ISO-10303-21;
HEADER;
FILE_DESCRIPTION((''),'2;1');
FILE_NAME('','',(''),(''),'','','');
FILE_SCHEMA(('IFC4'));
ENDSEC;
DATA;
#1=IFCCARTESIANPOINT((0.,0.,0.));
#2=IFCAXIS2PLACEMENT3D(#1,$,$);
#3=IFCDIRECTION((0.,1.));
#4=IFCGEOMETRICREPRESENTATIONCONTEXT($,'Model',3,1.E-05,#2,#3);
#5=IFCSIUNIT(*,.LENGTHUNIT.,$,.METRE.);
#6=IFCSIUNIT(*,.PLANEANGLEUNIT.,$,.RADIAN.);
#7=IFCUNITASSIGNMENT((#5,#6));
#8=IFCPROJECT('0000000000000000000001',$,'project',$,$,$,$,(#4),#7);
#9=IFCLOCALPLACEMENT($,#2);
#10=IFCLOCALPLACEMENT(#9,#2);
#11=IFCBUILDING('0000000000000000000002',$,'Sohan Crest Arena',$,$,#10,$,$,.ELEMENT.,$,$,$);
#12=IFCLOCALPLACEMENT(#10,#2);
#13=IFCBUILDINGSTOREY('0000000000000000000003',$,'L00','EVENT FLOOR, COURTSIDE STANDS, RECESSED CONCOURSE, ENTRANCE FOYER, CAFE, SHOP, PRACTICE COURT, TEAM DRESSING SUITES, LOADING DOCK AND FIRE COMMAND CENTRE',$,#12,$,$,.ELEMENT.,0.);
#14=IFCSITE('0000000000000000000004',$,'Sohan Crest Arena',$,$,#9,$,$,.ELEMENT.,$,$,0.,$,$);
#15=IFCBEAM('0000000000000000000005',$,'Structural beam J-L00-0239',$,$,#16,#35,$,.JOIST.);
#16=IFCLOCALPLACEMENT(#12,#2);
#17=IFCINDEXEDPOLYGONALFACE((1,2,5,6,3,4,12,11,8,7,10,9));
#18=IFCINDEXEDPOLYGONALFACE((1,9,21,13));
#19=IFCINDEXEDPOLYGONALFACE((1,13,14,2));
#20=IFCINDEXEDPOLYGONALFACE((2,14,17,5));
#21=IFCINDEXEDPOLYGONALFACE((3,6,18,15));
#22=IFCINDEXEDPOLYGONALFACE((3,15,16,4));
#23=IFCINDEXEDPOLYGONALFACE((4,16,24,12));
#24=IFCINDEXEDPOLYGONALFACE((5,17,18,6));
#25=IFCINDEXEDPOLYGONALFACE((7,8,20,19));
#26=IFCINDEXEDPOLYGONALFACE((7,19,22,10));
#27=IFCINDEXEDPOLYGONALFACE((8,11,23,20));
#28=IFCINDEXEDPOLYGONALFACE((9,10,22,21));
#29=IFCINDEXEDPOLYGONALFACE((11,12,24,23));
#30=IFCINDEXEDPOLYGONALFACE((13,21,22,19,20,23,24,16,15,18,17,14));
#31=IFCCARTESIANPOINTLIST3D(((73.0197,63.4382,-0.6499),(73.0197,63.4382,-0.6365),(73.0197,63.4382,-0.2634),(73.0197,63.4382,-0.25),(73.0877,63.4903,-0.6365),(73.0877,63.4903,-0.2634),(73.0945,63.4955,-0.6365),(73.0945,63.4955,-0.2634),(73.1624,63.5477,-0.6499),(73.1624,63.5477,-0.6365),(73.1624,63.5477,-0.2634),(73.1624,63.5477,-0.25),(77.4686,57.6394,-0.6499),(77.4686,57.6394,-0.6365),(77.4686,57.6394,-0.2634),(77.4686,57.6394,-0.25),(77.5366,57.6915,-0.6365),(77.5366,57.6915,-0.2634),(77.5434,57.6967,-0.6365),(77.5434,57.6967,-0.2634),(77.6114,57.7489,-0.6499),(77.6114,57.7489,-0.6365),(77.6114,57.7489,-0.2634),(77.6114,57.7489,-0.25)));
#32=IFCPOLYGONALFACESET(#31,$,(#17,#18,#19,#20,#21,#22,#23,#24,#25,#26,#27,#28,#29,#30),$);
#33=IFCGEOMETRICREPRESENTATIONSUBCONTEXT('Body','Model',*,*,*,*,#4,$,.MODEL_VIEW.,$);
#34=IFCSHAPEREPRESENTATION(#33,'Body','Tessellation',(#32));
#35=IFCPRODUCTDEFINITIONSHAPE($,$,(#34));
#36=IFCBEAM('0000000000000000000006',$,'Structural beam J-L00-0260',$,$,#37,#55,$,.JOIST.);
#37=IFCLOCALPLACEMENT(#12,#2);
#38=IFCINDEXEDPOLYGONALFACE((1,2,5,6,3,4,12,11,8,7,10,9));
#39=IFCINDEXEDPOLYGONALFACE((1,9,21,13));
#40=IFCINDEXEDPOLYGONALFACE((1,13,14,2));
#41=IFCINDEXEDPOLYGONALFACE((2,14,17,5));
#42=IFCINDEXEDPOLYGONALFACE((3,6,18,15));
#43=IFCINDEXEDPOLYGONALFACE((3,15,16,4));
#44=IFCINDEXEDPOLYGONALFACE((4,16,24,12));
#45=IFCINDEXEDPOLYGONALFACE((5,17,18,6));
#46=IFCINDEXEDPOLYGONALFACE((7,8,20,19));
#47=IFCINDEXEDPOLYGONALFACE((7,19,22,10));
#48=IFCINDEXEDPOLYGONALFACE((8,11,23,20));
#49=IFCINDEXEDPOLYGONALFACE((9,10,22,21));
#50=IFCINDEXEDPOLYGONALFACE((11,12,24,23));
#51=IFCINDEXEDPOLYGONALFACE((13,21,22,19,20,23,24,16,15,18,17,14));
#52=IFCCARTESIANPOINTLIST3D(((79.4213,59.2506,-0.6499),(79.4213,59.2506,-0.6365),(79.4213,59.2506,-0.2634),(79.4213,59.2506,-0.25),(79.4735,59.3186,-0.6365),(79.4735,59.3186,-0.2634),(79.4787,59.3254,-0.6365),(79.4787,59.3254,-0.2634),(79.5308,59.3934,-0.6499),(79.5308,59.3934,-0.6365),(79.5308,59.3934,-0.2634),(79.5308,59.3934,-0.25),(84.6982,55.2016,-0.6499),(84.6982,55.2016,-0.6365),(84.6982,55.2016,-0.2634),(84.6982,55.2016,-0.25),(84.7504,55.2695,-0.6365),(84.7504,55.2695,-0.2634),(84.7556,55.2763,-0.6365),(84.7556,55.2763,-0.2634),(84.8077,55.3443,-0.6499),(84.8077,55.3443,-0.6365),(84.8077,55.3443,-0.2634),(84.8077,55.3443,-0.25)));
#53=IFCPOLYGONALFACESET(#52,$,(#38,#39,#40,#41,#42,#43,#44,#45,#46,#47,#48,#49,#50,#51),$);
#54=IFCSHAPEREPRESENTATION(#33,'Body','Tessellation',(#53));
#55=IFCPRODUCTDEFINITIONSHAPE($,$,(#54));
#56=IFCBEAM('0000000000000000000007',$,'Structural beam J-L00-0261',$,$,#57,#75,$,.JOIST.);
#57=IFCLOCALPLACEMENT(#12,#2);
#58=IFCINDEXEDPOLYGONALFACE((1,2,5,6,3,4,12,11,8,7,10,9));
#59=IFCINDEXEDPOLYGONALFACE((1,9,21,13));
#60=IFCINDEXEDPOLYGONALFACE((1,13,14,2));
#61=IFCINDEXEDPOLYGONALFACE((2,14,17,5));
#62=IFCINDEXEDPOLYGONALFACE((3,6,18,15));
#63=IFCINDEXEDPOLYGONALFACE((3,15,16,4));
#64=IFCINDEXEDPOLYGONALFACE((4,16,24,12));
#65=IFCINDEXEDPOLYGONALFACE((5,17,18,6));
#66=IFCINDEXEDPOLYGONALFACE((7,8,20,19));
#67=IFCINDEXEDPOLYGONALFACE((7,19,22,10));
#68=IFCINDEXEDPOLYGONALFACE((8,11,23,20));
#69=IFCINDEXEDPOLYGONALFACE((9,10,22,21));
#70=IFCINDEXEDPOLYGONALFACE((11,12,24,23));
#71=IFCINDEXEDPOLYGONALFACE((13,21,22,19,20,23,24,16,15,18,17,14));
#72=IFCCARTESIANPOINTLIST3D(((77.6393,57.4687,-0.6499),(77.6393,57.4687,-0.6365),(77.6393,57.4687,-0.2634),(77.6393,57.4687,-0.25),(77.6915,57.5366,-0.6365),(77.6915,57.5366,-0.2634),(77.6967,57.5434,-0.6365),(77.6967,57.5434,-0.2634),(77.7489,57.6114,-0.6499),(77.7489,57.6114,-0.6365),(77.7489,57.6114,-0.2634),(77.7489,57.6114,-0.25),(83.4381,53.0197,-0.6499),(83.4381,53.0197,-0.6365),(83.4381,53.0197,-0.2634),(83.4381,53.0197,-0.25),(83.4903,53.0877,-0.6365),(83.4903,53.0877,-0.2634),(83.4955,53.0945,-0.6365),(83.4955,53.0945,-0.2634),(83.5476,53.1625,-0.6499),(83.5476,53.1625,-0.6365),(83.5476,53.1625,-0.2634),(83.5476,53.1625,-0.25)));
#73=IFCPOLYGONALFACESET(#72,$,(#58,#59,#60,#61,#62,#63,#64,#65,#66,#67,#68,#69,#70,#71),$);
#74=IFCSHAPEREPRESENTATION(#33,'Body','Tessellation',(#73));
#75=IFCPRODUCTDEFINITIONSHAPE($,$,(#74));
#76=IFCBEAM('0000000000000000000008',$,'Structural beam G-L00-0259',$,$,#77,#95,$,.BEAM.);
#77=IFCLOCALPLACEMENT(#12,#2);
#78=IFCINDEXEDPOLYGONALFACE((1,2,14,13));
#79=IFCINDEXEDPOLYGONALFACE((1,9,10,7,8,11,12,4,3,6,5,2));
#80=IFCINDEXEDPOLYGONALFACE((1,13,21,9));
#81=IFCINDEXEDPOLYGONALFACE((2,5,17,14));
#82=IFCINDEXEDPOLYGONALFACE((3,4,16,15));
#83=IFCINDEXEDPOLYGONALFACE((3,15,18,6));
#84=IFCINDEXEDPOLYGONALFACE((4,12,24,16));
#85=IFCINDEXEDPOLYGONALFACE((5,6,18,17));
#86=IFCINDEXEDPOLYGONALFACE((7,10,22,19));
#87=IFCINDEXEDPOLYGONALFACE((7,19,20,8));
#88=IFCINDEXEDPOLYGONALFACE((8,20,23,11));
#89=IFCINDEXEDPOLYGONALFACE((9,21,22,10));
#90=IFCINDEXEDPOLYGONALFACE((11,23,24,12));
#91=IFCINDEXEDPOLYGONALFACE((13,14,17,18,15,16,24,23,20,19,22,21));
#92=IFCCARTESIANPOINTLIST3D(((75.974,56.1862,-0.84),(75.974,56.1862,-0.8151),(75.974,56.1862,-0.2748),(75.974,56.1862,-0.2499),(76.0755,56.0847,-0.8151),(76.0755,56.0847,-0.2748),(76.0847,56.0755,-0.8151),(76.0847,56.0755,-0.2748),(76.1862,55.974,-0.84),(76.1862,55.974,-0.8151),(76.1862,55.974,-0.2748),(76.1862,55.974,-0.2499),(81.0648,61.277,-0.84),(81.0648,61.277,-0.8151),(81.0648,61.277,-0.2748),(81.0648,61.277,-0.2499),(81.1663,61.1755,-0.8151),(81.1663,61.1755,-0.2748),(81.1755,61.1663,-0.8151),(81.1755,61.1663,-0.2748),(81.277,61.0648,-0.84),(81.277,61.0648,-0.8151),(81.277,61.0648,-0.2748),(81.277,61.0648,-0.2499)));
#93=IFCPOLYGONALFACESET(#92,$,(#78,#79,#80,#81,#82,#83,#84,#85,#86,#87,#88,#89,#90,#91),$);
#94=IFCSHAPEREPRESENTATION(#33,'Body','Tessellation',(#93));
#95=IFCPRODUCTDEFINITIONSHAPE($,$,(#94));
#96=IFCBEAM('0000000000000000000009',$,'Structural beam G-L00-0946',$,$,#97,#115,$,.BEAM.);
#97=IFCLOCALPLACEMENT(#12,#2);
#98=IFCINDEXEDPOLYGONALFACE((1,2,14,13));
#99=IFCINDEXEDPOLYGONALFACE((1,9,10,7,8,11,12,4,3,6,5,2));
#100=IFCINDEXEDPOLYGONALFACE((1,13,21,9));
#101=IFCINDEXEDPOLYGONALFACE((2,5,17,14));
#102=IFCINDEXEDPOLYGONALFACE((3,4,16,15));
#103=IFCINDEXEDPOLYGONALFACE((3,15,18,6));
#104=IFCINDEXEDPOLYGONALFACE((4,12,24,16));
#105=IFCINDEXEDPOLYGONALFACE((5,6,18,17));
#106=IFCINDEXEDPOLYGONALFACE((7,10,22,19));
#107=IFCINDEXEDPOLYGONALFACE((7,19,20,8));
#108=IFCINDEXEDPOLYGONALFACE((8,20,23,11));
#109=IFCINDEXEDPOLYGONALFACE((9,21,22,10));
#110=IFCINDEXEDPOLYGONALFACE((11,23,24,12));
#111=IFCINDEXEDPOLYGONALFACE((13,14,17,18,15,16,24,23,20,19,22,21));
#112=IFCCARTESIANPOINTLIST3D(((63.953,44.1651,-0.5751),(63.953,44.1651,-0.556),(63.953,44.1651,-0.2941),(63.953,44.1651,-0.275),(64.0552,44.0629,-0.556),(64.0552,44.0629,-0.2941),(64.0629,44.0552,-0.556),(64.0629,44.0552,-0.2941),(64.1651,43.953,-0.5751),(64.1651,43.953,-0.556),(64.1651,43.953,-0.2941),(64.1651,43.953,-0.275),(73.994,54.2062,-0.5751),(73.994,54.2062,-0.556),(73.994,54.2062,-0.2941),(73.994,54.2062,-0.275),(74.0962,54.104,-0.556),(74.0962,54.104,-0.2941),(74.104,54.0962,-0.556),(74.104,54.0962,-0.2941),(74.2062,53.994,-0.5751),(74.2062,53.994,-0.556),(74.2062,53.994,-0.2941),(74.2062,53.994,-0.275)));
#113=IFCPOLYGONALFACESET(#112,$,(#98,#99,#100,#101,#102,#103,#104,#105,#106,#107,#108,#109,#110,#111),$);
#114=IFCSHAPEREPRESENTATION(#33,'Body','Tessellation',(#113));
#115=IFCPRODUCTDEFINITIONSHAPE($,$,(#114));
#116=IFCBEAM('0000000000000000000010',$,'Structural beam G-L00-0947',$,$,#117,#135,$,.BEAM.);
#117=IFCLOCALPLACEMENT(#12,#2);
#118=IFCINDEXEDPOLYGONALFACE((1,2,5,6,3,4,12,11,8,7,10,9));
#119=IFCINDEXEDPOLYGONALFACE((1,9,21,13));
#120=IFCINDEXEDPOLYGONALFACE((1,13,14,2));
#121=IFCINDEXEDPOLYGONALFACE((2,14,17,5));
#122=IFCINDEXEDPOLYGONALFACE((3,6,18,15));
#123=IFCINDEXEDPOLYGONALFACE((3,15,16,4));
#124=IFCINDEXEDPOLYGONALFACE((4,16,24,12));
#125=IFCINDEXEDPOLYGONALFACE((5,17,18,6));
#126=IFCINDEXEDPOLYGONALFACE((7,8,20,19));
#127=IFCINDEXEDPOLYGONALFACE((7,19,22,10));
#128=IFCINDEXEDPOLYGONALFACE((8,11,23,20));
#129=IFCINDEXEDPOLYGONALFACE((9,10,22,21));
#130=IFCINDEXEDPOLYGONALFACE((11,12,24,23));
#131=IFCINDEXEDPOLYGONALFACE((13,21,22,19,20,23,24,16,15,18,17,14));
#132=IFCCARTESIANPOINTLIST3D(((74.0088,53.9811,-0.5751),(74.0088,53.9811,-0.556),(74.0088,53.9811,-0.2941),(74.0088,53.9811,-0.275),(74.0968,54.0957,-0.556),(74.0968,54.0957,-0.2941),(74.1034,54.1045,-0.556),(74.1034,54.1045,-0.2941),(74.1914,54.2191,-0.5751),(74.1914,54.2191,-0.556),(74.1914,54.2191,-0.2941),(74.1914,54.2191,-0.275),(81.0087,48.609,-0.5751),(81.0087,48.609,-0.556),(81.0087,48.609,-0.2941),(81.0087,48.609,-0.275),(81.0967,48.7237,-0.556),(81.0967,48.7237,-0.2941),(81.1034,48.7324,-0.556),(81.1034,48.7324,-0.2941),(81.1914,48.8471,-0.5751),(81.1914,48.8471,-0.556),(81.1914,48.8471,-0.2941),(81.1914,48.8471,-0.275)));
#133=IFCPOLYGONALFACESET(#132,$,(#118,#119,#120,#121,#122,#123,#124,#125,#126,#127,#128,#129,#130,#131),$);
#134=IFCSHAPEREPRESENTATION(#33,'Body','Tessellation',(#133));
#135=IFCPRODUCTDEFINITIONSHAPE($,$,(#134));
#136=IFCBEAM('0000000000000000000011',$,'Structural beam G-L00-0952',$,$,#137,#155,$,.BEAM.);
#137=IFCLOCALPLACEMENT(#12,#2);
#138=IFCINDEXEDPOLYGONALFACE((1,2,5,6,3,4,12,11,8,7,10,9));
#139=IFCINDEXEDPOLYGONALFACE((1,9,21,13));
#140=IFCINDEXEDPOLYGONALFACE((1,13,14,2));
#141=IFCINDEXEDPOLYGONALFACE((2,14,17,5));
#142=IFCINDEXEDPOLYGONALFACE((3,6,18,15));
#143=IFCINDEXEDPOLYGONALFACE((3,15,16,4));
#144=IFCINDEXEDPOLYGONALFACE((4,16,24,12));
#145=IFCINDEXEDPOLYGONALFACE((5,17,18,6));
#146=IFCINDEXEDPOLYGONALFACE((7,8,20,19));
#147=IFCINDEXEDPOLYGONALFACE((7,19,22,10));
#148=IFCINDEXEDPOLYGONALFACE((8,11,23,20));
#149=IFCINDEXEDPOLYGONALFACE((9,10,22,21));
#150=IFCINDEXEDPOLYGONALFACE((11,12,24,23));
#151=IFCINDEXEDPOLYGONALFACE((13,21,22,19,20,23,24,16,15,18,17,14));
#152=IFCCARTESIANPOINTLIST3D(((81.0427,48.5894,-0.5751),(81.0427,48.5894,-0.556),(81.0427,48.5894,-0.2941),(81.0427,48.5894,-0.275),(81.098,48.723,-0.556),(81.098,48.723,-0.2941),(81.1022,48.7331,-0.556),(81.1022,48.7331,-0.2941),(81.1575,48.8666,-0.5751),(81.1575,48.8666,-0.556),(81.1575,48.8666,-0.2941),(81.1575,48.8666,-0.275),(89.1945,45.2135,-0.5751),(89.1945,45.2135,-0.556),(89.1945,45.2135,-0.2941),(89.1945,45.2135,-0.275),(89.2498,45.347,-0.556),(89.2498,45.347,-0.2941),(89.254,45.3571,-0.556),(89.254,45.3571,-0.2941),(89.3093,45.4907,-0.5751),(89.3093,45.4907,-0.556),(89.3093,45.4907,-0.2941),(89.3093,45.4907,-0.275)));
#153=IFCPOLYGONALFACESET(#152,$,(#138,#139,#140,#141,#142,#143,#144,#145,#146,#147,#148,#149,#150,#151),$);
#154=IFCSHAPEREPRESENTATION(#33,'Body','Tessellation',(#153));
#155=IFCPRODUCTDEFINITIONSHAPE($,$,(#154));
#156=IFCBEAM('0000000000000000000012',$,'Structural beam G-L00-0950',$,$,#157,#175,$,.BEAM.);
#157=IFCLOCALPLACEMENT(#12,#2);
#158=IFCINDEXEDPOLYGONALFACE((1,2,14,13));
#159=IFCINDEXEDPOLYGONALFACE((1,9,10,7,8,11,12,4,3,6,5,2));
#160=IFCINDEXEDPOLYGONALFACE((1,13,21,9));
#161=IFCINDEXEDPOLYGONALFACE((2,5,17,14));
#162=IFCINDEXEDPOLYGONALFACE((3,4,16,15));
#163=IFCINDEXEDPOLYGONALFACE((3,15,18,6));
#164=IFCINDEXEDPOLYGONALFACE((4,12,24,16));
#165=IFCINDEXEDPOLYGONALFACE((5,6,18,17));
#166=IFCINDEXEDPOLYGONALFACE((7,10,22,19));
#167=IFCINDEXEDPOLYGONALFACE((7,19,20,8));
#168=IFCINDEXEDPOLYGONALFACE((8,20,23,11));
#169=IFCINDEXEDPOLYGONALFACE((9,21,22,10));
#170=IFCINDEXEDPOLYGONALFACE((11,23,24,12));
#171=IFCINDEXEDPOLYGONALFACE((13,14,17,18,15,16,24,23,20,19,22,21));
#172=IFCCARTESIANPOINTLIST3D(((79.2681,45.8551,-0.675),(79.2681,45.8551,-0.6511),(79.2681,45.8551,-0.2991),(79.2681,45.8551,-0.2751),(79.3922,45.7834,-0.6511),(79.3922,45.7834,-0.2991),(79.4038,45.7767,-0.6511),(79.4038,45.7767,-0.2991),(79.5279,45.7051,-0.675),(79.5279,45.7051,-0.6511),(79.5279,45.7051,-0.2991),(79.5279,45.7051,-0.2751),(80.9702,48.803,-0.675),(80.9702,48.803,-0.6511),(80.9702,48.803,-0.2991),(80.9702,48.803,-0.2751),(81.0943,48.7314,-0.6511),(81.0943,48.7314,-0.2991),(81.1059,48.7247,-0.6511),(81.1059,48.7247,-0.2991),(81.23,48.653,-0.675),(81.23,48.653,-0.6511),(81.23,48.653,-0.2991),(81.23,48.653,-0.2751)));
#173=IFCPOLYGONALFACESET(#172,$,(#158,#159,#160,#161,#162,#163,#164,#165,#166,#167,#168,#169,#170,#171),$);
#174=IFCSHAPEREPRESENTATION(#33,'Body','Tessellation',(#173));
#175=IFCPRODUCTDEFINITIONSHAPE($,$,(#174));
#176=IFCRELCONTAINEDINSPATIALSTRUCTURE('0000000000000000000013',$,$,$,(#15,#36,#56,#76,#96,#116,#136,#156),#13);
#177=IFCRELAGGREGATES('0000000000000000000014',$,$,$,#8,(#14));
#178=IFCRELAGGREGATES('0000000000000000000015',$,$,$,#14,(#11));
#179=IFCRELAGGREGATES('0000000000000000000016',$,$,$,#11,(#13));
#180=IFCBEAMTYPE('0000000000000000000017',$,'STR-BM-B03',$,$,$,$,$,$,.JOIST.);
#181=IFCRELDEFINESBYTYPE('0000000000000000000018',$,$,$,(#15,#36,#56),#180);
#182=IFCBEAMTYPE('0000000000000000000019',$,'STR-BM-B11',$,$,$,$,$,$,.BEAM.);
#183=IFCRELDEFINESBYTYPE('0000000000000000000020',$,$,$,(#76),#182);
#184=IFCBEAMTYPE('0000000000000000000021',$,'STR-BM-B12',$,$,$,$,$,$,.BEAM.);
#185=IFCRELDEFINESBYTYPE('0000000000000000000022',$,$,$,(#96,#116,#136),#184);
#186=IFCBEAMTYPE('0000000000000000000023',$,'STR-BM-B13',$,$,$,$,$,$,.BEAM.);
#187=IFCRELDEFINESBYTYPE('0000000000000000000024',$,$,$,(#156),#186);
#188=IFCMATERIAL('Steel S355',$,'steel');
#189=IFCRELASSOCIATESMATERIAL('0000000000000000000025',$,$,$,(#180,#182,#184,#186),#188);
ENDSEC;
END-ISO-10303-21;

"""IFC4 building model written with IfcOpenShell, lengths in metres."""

from ifc_helpers import new_model, si_unit, direction, frame, origin, origin_2d, place, context, subcontext, project, spatial, i_section, extrude, material, material_profile, profile_set, type_object, element, save


model = new_model("IFC4")

# Units and contexts
model_context = context("Model", 3, precision=1e-05, world=origin(), true_north=direction((0.0, 1.0)))
body_context = subcontext(model_context, "Body", "Model", "MODEL_VIEW")
ifc_project = project(units=[si_unit("LENGTHUNIT", "METRE"), si_unit("PLANEANGLEUNIT", "RADIAN")], contexts=[model_context])

# Site, building, storey
site_placement = place(None, origin())
site = spatial("IfcSite", under=ifc_project, at=site_placement, Name="Sohan Crest Arena", CompositionType="ELEMENT", RefElevation=0.0)
building_placement = place(site_placement, origin())
building = spatial("IfcBuilding", under=site, at=building_placement, Name="Sohan Crest Arena", CompositionType="ELEMENT")
storey_placement = place(building_placement, origin())
storey = spatial("IfcBuildingStorey", under=building, at=storey_placement, Name="L00", Description="EVENT FLOOR, COURTSIDE STANDS, RECESSED CONCOURSE, ENTRANCE FOYER, CAFE, SHOP, PRACTICE COURT, TEAM DRESSING SUITES, LOADING DOCK AND FIRE COMMAND CENTRE", CompositionType="ELEMENT", Elevation=0.0)

# Shared definitions
ifc_material_1 = material(Name="Steel S355", Category="steel")

# Beams
ifc_material_profile_1 = material_profile(ifc_material_1, i_section(OverallWidth=0.1799, OverallDepth=0.3999, WebThickness=0.0085, FlangeThickness=0.0134, at=origin_2d()), Name="IPE 400")
ifc_profile_set_1 = profile_set([ifc_material_profile_1], Name="Steel S355")
beam_type_1 = type_object("IfcBeamType", Name="STR-BM-B03", PredefinedType="JOIST", material=ifc_profile_set_1)
beam_1_placement = place(storey_placement, frame((73.0911, 63.4929, -0.45), z_axis=(0.608708, -0.793394, 0.0), x_axis=(0.793394, 0.608708, 0.0)))
element("IfcBeam", 1, at=beam_1_placement, inside=storey, type_object=beam_type_1, Name="Structural beam J-L00-0239", PredefinedType="JOIST", context=body_context, shape_type="SweptSolid", body=[
    extrude(i_section(OverallWidth=0.1799, OverallDepth=0.3999, WebThickness=0.0085, FlangeThickness=0.0134, at=origin_2d()), origin(), (0.0, 0.0, 1.0), 7.3088),
])
beam_2_placement = place(storey_placement, frame((79.4761, 59.322, -0.45), z_axis=(0.793353, -0.608761, 0.0), x_axis=(0.608761, 0.793353, 0.0)))
element("IfcBeam", 2, at=beam_2_placement, inside=storey, type_object=beam_type_1, Name="Structural beam J-L00-0260", PredefinedType="JOIST", context=body_context, shape_type="SweptSolid", body=[
    extrude(i_section(OverallWidth=0.1799, OverallDepth=0.3999, WebThickness=0.0085, FlangeThickness=0.0134, at=origin_2d()), origin(), (0.0, 0.0, 1.0), 6.6514),
])
beam_3_placement = place(storey_placement, frame((77.6941, 57.54, -0.45), z_axis=(0.793394, -0.608708, 0.0), x_axis=(0.608708, 0.793394, 0.0)))
element("IfcBeam", 3, at=beam_3_placement, inside=storey, type_object=beam_type_1, Name="Structural beam J-L00-0261", PredefinedType="JOIST", context=body_context, shape_type="SweptSolid", body=[
    extrude(i_section(OverallWidth=0.1799, OverallDepth=0.3999, WebThickness=0.0085, FlangeThickness=0.0134, at=origin_2d()), origin(), (0.0, 0.0, 1.0), 7.3088),
])
ifc_material_profile_2 = material_profile(ifc_material_1, i_section(OverallWidth=0.3, OverallDepth=0.5901, WebThickness=0.0129, FlangeThickness=0.0249, at=origin_2d()), Name="HEA 600")
ifc_profile_set_2 = profile_set([ifc_material_profile_2], Name="Steel S355")
beam_type_2 = type_object("IfcBeamType", Name="STR-BM-B11", PredefinedType="BEAM", material=ifc_profile_set_2)
beam_4_placement = place(storey_placement, frame((81.1709, 61.1709, -0.5449), z_axis=(-0.707107, -0.707107, 0.0), x_axis=(0.707107, -0.707107, 0.0)))
element("IfcBeam", 4, at=beam_4_placement, inside=storey, type_object=beam_type_2, Name="Structural beam G-L00-0259", PredefinedType="BEAM", context=body_context, shape_type="SweptSolid", body=[
    extrude(i_section(OverallWidth=0.3, OverallDepth=0.5901, WebThickness=0.0129, FlangeThickness=0.0249, at=origin_2d()), origin(), (0.0, 0.0, 1.0), 7.1995),
])
ifc_material_profile_3 = material_profile(ifc_material_1, i_section(OverallWidth=0.3, OverallDepth=0.3, WebThickness=0.011, FlangeThickness=0.019, at=origin_2d()), Name="HEB 300")
ifc_profile_set_3 = profile_set([ifc_material_profile_3], Name="Steel S355")
beam_type_3 = type_object("IfcBeamType", Name="STR-BM-B12", PredefinedType="BEAM", material=ifc_profile_set_3)
beam_5_placement = place(storey_placement, frame((74.1001, 54.1001, -0.425), z_axis=(-0.707107, -0.707107, 0.0), x_axis=(0.707107, -0.707107, 0.0)))
element("IfcBeam", 5, at=beam_5_placement, inside=storey, type_object=beam_type_3, Name="Structural beam G-L00-0946", PredefinedType="BEAM", context=body_context, shape_type="SweptSolid", body=[
    extrude(i_section(OverallWidth=0.3, OverallDepth=0.3, WebThickness=0.011, FlangeThickness=0.019, at=origin_2d()), origin(), (0.0, 0.0, 1.0), 14.2002),
])
beam_6_placement = place(storey_placement, frame((74.1001, 54.1001, -0.425), z_axis=(0.793311, -0.608817, 0.0), x_axis=(0.608817, 0.793311, 0.0)))
element("IfcBeam", 6, at=beam_6_placement, inside=storey, type_object=beam_type_3, Name="Structural beam G-L00-0947", PredefinedType="BEAM", context=body_context, shape_type="SweptSolid", body=[
    extrude(i_section(OverallWidth=0.3, OverallDepth=0.3, WebThickness=0.011, FlangeThickness=0.019, at=origin_2d()), origin(), (0.0, 0.0, 1.0), 8.8237),
])
beam_7_placement = place(storey_placement, frame((81.1001, 48.728, -0.425), z_axis=(0.923905, -0.382622, 0.0), x_axis=(0.382622, 0.923905, 0.0)))
element("IfcBeam", 7, at=beam_7_placement, inside=storey, type_object=beam_type_3, Name="Structural beam G-L00-0952", PredefinedType="BEAM", context=body_context, shape_type="SweptSolid", body=[
    extrude(i_section(OverallWidth=0.3, OverallDepth=0.3, WebThickness=0.011, FlangeThickness=0.019, at=origin_2d()), origin(), (0.0, 0.0, 1.0), 8.8232),
])
ifc_material_profile_4 = material_profile(ifc_material_1, i_section(OverallWidth=0.3, OverallDepth=0.3999, WebThickness=0.0134, FlangeThickness=0.0239, at=origin_2d()), Name="HEB 400")
ifc_profile_set_4 = profile_set([ifc_material_profile_4], Name="Steel S355")
beam_type_4 = type_object("IfcBeamType", Name="STR-BM-B13", PredefinedType="BEAM", material=ifc_profile_set_4)
beam_8_placement = place(storey_placement, frame((81.1001, 48.728, -0.4751), z_axis=(-0.500027, -0.86601, 0.0), x_axis=(0.86601, -0.500027, 0.0)))
element("IfcBeam", 8, at=beam_8_placement, inside=storey, type_object=beam_type_4, Name="Structural beam G-L00-0950", PredefinedType="BEAM", context=body_context, shape_type="SweptSolid", body=[
    extrude(i_section(OverallWidth=0.3, OverallDepth=0.3999, WebThickness=0.0134, FlangeThickness=0.0239, at=origin_2d()), origin(), (0.0, 0.0, 1.0), 3.4041),
])

save(model, "model.ifc")
